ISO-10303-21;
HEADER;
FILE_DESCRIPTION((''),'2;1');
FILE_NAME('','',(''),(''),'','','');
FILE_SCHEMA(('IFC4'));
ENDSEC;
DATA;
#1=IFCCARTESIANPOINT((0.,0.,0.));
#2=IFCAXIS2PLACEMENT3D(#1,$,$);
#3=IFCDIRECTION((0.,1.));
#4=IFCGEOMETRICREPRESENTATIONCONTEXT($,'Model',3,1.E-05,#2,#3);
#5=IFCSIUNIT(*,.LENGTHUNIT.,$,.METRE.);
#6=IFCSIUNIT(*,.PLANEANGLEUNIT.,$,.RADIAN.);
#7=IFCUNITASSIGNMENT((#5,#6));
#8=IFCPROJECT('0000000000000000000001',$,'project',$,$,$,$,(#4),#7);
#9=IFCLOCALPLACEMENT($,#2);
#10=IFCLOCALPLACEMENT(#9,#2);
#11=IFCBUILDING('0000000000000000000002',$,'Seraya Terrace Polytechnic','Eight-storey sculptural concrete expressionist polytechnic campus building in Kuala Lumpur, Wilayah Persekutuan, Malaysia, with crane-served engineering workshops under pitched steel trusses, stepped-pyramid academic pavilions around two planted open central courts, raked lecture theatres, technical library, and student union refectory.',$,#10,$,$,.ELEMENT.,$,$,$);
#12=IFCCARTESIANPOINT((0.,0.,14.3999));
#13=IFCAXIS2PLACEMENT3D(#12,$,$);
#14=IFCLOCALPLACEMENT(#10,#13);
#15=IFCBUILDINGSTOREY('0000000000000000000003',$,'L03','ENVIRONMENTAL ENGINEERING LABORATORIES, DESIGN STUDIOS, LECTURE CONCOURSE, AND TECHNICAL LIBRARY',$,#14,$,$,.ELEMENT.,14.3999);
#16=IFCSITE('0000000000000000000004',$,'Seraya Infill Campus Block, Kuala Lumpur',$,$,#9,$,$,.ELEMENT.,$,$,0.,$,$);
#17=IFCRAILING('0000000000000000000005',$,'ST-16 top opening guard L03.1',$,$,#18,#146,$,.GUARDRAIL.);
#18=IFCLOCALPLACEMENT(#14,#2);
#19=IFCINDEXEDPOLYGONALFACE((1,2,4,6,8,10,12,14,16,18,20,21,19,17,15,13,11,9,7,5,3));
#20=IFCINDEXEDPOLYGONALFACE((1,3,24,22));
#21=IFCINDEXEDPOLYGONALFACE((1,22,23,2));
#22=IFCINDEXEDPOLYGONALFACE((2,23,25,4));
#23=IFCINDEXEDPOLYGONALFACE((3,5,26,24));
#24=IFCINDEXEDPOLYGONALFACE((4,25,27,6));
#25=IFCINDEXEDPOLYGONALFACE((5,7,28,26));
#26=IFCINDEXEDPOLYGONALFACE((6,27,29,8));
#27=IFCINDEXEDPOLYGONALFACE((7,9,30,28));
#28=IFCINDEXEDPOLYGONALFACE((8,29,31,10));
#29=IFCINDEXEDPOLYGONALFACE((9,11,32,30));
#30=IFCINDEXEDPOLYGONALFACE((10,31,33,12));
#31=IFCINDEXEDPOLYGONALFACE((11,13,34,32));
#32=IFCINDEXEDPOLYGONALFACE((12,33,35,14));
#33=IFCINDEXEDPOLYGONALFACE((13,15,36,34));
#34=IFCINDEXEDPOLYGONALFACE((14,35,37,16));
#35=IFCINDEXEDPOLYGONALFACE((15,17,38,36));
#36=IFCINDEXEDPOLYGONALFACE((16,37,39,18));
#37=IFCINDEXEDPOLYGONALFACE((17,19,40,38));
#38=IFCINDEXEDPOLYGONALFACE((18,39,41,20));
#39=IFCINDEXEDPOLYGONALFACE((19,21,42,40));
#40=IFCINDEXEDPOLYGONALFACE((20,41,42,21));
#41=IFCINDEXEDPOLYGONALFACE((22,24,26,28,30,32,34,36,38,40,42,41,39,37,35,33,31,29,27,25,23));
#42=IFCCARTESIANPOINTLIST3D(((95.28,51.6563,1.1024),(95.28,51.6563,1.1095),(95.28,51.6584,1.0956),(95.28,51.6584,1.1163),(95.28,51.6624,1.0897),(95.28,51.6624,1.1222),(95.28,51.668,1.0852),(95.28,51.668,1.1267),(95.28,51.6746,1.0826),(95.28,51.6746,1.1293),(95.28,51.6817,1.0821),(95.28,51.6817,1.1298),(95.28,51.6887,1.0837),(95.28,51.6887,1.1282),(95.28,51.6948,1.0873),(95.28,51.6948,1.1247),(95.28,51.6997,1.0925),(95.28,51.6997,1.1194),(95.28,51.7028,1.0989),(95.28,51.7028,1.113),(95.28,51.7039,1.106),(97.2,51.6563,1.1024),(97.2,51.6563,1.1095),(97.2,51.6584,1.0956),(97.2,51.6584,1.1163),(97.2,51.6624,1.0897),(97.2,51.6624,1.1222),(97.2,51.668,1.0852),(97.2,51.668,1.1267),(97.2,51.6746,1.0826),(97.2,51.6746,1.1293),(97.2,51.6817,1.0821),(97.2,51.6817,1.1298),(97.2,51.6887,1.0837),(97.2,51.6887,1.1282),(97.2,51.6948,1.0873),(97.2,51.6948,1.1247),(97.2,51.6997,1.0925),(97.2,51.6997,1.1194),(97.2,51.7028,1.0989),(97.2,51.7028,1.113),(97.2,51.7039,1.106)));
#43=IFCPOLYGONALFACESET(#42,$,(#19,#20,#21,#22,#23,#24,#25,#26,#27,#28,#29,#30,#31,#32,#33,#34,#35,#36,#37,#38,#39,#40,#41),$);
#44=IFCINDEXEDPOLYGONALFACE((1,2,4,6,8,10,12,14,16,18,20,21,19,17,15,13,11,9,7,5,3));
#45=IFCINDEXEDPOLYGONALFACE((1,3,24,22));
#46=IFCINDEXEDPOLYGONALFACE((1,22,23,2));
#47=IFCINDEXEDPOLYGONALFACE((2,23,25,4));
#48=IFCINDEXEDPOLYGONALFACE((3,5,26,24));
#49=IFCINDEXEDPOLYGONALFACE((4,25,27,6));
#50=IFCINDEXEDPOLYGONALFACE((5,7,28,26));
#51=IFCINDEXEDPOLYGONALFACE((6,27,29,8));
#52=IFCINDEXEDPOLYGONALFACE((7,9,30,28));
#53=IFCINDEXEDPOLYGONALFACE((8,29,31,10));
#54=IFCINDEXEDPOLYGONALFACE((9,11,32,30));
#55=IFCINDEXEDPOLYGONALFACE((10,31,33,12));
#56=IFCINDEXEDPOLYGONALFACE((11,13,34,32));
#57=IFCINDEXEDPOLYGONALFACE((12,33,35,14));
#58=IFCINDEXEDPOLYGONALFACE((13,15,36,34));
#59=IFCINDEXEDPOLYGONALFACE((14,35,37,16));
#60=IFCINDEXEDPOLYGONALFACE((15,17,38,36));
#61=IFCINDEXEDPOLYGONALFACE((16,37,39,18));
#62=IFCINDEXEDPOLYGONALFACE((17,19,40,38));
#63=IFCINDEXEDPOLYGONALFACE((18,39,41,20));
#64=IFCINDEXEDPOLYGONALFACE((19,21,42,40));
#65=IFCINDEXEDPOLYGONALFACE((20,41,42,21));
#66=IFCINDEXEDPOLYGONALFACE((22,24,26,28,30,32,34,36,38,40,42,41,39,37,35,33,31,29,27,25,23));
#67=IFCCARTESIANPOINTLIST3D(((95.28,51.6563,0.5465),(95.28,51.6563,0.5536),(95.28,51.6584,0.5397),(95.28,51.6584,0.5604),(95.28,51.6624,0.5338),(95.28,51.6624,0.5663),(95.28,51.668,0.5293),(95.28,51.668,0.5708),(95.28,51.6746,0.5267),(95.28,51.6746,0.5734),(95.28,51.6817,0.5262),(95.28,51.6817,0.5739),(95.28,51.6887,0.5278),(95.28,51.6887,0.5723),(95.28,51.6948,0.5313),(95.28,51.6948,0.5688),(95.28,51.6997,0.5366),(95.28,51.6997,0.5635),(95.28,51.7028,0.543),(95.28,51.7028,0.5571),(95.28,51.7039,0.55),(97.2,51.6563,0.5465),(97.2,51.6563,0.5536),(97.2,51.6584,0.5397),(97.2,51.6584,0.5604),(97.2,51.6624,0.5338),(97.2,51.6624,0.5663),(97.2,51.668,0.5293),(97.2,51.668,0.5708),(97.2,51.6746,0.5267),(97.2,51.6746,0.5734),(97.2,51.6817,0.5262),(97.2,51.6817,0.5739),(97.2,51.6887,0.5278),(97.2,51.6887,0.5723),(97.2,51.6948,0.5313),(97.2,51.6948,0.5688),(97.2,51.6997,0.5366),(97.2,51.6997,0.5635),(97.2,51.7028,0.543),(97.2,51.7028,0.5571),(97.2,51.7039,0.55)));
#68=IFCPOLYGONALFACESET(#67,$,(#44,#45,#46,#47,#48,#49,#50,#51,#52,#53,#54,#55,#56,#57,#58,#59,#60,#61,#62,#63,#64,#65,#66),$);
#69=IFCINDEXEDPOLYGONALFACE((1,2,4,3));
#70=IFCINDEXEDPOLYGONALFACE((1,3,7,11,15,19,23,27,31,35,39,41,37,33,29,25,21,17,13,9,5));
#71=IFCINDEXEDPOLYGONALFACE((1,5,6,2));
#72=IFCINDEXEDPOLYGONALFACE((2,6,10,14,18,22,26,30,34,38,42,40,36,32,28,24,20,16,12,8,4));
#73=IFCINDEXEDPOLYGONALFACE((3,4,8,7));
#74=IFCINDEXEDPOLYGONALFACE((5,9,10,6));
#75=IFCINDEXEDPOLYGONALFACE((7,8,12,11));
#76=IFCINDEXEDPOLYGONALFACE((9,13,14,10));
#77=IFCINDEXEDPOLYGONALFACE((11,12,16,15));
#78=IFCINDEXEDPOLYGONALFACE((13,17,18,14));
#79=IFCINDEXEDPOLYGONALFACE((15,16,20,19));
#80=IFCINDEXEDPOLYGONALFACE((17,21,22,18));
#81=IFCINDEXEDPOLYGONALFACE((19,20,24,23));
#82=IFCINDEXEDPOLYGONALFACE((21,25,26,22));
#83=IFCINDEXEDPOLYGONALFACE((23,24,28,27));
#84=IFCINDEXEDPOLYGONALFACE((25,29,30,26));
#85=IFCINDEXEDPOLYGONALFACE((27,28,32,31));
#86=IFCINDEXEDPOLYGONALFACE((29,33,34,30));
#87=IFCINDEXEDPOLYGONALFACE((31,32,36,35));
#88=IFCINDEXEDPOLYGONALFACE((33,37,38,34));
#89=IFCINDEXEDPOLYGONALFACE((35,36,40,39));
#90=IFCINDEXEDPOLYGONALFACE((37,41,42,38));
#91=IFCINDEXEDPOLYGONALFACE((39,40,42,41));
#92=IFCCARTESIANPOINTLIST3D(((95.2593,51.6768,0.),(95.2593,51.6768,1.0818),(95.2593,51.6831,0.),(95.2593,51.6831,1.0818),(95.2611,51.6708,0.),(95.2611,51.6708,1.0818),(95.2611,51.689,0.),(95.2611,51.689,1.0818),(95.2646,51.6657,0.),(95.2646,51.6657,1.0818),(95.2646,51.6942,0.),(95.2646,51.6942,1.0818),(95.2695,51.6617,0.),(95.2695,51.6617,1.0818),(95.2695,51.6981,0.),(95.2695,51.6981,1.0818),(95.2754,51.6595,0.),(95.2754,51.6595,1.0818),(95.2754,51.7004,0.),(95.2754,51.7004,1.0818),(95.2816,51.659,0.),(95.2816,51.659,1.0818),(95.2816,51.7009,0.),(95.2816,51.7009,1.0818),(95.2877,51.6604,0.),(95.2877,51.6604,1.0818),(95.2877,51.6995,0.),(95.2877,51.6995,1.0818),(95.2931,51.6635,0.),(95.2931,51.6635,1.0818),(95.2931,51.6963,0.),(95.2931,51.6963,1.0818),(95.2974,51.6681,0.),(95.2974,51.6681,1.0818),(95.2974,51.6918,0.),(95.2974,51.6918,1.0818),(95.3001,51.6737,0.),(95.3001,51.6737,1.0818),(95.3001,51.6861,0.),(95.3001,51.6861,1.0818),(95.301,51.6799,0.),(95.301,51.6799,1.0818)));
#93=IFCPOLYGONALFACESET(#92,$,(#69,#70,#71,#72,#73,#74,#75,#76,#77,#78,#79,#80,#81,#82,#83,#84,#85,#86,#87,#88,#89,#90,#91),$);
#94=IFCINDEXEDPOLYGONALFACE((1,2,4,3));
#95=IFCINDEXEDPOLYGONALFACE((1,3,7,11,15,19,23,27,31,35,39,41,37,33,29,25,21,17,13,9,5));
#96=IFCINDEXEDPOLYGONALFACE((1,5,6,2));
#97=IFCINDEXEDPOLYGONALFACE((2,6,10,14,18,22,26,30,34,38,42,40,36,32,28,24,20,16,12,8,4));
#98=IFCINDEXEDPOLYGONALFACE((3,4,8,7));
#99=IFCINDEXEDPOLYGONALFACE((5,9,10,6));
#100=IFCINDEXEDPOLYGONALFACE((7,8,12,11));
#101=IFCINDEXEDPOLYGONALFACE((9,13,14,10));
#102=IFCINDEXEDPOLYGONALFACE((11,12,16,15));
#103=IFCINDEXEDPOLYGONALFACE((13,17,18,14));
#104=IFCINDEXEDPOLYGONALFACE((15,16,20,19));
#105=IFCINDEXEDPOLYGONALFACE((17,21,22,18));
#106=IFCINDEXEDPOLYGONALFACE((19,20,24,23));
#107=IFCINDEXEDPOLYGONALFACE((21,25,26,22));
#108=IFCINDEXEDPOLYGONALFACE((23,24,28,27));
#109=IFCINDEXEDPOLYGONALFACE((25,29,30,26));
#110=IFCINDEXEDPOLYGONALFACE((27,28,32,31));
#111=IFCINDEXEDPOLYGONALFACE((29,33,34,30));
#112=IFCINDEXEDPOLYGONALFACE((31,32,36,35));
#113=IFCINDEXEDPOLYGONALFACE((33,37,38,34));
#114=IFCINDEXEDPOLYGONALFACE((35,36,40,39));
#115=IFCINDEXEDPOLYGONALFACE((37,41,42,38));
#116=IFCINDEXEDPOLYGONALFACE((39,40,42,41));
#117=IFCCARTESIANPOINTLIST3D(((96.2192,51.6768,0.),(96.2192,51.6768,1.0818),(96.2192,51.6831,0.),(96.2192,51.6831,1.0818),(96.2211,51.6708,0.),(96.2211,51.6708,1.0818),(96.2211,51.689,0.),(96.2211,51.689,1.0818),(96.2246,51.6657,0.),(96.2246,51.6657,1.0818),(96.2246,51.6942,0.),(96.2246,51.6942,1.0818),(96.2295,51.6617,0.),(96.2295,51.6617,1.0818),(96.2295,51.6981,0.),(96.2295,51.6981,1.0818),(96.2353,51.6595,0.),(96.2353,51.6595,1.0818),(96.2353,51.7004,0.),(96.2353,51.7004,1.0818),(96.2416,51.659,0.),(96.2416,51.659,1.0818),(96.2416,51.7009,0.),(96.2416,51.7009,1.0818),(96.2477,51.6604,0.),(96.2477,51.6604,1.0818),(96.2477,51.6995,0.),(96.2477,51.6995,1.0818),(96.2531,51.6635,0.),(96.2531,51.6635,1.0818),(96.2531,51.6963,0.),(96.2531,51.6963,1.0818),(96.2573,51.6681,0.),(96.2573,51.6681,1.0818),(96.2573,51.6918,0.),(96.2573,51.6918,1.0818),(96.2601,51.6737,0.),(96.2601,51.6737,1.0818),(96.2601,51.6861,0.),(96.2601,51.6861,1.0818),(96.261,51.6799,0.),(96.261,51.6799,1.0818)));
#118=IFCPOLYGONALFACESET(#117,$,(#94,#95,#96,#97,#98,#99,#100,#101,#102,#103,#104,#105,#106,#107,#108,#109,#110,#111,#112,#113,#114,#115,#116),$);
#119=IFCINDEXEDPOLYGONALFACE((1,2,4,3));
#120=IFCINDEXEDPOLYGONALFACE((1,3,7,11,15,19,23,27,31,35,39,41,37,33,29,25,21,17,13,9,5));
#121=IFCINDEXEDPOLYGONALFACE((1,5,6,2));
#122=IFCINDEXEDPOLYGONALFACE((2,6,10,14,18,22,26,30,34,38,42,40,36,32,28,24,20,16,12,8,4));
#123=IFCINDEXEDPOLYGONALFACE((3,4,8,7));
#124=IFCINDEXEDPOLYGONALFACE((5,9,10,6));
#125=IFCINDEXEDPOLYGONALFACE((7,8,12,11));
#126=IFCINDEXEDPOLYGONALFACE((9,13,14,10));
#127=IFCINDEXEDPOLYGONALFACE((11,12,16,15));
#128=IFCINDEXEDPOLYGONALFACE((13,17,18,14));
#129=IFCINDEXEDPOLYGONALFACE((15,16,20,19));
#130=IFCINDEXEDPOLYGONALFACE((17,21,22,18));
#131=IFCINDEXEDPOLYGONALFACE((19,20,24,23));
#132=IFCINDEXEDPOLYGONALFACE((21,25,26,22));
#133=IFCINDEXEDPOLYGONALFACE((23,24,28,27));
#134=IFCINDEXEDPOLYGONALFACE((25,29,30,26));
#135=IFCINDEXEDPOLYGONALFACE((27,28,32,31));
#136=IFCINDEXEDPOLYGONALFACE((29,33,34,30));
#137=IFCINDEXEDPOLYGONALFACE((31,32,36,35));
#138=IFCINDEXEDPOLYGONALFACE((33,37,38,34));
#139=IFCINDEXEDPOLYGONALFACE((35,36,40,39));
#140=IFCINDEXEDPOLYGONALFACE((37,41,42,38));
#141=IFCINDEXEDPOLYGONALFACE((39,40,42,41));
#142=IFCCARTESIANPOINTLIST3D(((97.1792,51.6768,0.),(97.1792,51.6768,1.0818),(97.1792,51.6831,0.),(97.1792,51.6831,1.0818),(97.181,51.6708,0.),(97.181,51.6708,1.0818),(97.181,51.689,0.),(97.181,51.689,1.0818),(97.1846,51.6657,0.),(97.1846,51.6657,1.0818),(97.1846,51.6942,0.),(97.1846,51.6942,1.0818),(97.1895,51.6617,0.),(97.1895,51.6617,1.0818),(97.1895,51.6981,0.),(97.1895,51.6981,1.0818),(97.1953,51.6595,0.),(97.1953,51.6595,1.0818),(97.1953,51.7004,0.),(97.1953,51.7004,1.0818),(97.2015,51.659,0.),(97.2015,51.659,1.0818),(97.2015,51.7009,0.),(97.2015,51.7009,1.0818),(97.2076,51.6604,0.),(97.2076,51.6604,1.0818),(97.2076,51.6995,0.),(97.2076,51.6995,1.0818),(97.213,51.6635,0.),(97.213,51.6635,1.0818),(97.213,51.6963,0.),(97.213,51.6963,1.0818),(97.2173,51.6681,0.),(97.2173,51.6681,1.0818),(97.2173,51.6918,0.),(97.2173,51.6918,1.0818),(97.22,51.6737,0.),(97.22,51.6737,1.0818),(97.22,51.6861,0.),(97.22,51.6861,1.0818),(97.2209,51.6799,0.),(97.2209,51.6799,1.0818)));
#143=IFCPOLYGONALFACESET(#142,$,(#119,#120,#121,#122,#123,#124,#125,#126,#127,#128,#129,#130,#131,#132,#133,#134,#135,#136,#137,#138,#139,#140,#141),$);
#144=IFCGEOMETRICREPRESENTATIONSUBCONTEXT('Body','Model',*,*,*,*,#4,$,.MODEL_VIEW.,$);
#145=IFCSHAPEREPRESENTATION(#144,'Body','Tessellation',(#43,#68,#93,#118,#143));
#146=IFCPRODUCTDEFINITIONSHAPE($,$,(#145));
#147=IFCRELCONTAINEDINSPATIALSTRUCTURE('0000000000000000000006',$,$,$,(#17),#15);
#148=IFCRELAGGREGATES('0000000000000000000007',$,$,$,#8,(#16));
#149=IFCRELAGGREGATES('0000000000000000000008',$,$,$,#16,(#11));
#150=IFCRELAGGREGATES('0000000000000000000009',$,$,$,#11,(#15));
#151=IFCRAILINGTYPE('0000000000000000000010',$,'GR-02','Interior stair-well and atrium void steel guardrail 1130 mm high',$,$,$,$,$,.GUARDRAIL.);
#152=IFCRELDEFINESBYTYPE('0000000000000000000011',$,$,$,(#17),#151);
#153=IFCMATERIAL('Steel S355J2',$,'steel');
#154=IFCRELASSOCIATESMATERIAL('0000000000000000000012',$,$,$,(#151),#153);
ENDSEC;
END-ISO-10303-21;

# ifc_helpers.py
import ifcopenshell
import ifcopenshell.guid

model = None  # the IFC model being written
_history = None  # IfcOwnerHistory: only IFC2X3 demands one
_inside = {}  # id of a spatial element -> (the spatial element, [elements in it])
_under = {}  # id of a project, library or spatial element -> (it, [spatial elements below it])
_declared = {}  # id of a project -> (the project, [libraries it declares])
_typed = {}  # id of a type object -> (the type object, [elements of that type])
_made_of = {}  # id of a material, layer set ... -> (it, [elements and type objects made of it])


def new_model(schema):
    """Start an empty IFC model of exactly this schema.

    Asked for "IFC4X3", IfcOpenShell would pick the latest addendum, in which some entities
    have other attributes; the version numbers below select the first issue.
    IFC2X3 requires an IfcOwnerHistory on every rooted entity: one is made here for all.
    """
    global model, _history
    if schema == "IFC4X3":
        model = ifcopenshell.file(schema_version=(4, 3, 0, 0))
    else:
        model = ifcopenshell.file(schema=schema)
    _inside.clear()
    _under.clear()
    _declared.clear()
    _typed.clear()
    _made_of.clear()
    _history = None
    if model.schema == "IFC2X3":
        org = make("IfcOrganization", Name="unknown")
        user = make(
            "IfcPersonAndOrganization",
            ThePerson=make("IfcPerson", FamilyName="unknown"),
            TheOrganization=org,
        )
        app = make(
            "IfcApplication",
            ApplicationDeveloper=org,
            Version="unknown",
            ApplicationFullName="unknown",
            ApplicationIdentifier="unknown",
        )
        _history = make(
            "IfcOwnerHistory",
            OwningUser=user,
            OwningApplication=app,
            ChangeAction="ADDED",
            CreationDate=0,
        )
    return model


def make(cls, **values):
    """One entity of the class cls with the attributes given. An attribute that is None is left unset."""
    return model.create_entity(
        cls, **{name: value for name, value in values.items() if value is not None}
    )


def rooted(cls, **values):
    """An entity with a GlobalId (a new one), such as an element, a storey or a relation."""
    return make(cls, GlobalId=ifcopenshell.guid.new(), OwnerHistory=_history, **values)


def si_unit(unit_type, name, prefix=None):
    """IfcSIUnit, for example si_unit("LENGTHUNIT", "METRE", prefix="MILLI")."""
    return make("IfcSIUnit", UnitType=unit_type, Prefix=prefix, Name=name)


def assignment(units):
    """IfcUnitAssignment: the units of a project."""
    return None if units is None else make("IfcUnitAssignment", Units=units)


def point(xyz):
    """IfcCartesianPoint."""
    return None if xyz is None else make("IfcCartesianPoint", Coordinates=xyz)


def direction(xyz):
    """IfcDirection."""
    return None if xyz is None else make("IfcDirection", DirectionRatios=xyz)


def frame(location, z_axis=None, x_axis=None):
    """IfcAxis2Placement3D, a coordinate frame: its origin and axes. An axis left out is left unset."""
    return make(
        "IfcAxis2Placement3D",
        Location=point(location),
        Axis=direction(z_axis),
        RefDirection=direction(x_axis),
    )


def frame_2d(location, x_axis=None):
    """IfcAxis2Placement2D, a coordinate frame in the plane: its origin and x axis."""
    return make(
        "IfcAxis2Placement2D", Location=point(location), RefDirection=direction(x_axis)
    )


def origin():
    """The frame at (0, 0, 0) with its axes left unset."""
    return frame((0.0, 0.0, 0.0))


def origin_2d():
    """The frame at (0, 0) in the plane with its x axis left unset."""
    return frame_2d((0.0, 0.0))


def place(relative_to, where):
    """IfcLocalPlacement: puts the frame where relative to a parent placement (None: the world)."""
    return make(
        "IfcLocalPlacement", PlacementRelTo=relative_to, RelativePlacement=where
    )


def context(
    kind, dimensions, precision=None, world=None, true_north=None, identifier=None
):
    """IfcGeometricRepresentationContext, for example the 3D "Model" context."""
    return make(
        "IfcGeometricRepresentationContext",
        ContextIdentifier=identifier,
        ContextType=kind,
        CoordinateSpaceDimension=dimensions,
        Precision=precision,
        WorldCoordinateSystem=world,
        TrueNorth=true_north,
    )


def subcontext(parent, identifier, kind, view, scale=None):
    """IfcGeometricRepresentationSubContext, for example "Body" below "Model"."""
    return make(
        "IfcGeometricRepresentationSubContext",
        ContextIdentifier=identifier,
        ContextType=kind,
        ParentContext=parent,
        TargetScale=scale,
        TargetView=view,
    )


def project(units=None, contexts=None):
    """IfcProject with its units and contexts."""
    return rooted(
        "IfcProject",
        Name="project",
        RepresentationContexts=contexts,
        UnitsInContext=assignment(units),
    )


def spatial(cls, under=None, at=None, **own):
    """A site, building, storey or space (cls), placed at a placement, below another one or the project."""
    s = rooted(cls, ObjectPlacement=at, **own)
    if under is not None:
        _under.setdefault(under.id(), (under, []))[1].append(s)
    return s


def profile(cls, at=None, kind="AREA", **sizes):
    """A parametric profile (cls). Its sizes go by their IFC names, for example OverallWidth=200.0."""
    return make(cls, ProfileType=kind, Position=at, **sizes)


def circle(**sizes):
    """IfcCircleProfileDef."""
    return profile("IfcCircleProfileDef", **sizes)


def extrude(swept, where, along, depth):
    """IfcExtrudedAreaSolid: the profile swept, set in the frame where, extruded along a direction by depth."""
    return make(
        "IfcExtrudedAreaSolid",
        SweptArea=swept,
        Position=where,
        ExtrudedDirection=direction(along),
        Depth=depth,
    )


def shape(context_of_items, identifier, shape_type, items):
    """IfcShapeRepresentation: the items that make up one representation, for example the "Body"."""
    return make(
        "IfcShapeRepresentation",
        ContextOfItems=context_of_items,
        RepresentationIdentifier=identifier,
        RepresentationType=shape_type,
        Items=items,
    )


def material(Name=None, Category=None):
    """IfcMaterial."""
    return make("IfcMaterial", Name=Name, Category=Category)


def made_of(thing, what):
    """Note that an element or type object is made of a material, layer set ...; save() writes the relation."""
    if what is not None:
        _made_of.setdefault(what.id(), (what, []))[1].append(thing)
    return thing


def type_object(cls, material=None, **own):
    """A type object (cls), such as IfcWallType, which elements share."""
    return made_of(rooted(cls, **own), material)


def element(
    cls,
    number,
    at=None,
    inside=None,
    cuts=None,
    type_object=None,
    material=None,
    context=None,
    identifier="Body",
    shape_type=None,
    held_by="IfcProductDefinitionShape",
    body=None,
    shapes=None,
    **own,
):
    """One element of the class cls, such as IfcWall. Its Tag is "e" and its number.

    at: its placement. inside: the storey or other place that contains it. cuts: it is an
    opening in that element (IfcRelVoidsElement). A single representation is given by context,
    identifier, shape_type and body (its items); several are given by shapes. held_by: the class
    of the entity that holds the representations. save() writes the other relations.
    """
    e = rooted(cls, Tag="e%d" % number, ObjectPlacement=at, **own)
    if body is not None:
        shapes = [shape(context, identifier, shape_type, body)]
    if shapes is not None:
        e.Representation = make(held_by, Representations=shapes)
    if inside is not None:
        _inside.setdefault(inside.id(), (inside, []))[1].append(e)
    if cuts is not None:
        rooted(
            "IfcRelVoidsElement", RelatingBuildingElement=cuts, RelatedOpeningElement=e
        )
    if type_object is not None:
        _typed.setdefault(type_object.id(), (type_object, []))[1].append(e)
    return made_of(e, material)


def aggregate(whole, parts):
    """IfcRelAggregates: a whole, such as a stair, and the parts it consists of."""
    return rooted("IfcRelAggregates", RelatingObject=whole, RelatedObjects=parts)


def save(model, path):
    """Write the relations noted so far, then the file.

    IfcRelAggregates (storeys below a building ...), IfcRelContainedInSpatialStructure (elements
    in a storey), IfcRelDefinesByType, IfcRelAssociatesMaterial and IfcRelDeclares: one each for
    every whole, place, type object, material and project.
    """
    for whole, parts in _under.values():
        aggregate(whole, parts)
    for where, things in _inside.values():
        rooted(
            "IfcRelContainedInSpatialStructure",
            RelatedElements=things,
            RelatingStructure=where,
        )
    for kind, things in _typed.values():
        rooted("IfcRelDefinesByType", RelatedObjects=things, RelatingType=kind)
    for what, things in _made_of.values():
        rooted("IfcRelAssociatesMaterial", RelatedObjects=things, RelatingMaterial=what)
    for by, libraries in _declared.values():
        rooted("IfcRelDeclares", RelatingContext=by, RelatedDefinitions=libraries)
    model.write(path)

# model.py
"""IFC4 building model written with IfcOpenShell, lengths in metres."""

from ifc_helpers import new_model, si_unit, direction, frame, origin, origin_2d, place, context, subcontext, project, spatial, circle, extrude, material, type_object, element, save


model = new_model("IFC4")

# Units and contexts
model_context = context("Model", 3, precision=1e-05, world=origin(), true_north=direction((0.0, 1.0)))
body_context = subcontext(model_context, "Body", "Model", "MODEL_VIEW")
ifc_project = project(units=[si_unit("LENGTHUNIT", "METRE"), si_unit("PLANEANGLEUNIT", "RADIAN")], contexts=[model_context])

# Site, building, storey
site_placement = place(None, origin())
site = spatial("IfcSite", under=ifc_project, at=site_placement, Name="Seraya Infill Campus Block, Kuala Lumpur", CompositionType="ELEMENT", RefElevation=0.0)
building_placement = place(site_placement, origin())
building = spatial("IfcBuilding", under=site, at=building_placement, Name="Seraya Terrace Polytechnic", Description="Eight-storey sculptural concrete expressionist polytechnic campus building in Kuala Lumpur, Wilayah Persekutuan, Malaysia, with crane-served engineering workshops under pitched steel trusses, stepped-pyramid academic pavilions around two planted open central courts, raked lecture theatres, technical library, and student union refectory.", CompositionType="ELEMENT")
storey_placement = place(building_placement, frame((0.0, 0.0, 14.3999)))
storey = spatial("IfcBuildingStorey", under=building, at=storey_placement, Name="L03", Description="ENVIRONMENTAL ENGINEERING LABORATORIES, DESIGN STUDIOS, LECTURE CONCOURSE, AND TECHNICAL LIBRARY", CompositionType="ELEMENT", Elevation=14.3999)

# Railing
ifc_material_1 = material(Name="Steel S355J2", Category="steel")
railing_type = type_object("IfcRailingType", Name="GR-02", Description="Interior stair-well and atrium void steel guardrail 1130 mm high", PredefinedType="GUARDRAIL", material=ifc_material_1)
railing_1_placement = place(storey_placement, frame((95.28, 51.6799, 0.0)))
element("IfcRailing", 1, at=railing_1_placement, inside=storey, type_object=railing_type, Name="ST-16 top opening guard L03.1", PredefinedType="GUARDRAIL", context=body_context, shape_type="SweptSolid", body=[
    extrude(circle(Radius=0.0239, at=origin_2d()), frame((0.0, 0.0, 1.106), z_axis=(1.0, 0.0, 0.0), x_axis=(0.0, 1.0, 0.0)), (0.0, 0.0, 1.0), 1.9199),
    extrude(circle(Radius=0.0239, at=origin_2d()), frame((0.0, 0.0, 0.55), z_axis=(1.0, 0.0, 0.0), x_axis=(0.0, 1.0, 0.0)), (0.0, 0.0, 1.0), 1.9199),
    extrude(circle(Radius=0.021, at=origin_2d()), origin(), (0.0, 0.0, 1.0), 1.0818),
    extrude(circle(Radius=0.021, at=origin_2d()), frame((0.96, 0.0, 0.0)), (0.0, 0.0, 1.0), 1.0818),
    extrude(circle(Radius=0.021, at=origin_2d()), frame((1.9199, 0.0, 0.0)), (0.0, 0.0, 1.0), 1.0818),
])

save(model, "model.ifc")
